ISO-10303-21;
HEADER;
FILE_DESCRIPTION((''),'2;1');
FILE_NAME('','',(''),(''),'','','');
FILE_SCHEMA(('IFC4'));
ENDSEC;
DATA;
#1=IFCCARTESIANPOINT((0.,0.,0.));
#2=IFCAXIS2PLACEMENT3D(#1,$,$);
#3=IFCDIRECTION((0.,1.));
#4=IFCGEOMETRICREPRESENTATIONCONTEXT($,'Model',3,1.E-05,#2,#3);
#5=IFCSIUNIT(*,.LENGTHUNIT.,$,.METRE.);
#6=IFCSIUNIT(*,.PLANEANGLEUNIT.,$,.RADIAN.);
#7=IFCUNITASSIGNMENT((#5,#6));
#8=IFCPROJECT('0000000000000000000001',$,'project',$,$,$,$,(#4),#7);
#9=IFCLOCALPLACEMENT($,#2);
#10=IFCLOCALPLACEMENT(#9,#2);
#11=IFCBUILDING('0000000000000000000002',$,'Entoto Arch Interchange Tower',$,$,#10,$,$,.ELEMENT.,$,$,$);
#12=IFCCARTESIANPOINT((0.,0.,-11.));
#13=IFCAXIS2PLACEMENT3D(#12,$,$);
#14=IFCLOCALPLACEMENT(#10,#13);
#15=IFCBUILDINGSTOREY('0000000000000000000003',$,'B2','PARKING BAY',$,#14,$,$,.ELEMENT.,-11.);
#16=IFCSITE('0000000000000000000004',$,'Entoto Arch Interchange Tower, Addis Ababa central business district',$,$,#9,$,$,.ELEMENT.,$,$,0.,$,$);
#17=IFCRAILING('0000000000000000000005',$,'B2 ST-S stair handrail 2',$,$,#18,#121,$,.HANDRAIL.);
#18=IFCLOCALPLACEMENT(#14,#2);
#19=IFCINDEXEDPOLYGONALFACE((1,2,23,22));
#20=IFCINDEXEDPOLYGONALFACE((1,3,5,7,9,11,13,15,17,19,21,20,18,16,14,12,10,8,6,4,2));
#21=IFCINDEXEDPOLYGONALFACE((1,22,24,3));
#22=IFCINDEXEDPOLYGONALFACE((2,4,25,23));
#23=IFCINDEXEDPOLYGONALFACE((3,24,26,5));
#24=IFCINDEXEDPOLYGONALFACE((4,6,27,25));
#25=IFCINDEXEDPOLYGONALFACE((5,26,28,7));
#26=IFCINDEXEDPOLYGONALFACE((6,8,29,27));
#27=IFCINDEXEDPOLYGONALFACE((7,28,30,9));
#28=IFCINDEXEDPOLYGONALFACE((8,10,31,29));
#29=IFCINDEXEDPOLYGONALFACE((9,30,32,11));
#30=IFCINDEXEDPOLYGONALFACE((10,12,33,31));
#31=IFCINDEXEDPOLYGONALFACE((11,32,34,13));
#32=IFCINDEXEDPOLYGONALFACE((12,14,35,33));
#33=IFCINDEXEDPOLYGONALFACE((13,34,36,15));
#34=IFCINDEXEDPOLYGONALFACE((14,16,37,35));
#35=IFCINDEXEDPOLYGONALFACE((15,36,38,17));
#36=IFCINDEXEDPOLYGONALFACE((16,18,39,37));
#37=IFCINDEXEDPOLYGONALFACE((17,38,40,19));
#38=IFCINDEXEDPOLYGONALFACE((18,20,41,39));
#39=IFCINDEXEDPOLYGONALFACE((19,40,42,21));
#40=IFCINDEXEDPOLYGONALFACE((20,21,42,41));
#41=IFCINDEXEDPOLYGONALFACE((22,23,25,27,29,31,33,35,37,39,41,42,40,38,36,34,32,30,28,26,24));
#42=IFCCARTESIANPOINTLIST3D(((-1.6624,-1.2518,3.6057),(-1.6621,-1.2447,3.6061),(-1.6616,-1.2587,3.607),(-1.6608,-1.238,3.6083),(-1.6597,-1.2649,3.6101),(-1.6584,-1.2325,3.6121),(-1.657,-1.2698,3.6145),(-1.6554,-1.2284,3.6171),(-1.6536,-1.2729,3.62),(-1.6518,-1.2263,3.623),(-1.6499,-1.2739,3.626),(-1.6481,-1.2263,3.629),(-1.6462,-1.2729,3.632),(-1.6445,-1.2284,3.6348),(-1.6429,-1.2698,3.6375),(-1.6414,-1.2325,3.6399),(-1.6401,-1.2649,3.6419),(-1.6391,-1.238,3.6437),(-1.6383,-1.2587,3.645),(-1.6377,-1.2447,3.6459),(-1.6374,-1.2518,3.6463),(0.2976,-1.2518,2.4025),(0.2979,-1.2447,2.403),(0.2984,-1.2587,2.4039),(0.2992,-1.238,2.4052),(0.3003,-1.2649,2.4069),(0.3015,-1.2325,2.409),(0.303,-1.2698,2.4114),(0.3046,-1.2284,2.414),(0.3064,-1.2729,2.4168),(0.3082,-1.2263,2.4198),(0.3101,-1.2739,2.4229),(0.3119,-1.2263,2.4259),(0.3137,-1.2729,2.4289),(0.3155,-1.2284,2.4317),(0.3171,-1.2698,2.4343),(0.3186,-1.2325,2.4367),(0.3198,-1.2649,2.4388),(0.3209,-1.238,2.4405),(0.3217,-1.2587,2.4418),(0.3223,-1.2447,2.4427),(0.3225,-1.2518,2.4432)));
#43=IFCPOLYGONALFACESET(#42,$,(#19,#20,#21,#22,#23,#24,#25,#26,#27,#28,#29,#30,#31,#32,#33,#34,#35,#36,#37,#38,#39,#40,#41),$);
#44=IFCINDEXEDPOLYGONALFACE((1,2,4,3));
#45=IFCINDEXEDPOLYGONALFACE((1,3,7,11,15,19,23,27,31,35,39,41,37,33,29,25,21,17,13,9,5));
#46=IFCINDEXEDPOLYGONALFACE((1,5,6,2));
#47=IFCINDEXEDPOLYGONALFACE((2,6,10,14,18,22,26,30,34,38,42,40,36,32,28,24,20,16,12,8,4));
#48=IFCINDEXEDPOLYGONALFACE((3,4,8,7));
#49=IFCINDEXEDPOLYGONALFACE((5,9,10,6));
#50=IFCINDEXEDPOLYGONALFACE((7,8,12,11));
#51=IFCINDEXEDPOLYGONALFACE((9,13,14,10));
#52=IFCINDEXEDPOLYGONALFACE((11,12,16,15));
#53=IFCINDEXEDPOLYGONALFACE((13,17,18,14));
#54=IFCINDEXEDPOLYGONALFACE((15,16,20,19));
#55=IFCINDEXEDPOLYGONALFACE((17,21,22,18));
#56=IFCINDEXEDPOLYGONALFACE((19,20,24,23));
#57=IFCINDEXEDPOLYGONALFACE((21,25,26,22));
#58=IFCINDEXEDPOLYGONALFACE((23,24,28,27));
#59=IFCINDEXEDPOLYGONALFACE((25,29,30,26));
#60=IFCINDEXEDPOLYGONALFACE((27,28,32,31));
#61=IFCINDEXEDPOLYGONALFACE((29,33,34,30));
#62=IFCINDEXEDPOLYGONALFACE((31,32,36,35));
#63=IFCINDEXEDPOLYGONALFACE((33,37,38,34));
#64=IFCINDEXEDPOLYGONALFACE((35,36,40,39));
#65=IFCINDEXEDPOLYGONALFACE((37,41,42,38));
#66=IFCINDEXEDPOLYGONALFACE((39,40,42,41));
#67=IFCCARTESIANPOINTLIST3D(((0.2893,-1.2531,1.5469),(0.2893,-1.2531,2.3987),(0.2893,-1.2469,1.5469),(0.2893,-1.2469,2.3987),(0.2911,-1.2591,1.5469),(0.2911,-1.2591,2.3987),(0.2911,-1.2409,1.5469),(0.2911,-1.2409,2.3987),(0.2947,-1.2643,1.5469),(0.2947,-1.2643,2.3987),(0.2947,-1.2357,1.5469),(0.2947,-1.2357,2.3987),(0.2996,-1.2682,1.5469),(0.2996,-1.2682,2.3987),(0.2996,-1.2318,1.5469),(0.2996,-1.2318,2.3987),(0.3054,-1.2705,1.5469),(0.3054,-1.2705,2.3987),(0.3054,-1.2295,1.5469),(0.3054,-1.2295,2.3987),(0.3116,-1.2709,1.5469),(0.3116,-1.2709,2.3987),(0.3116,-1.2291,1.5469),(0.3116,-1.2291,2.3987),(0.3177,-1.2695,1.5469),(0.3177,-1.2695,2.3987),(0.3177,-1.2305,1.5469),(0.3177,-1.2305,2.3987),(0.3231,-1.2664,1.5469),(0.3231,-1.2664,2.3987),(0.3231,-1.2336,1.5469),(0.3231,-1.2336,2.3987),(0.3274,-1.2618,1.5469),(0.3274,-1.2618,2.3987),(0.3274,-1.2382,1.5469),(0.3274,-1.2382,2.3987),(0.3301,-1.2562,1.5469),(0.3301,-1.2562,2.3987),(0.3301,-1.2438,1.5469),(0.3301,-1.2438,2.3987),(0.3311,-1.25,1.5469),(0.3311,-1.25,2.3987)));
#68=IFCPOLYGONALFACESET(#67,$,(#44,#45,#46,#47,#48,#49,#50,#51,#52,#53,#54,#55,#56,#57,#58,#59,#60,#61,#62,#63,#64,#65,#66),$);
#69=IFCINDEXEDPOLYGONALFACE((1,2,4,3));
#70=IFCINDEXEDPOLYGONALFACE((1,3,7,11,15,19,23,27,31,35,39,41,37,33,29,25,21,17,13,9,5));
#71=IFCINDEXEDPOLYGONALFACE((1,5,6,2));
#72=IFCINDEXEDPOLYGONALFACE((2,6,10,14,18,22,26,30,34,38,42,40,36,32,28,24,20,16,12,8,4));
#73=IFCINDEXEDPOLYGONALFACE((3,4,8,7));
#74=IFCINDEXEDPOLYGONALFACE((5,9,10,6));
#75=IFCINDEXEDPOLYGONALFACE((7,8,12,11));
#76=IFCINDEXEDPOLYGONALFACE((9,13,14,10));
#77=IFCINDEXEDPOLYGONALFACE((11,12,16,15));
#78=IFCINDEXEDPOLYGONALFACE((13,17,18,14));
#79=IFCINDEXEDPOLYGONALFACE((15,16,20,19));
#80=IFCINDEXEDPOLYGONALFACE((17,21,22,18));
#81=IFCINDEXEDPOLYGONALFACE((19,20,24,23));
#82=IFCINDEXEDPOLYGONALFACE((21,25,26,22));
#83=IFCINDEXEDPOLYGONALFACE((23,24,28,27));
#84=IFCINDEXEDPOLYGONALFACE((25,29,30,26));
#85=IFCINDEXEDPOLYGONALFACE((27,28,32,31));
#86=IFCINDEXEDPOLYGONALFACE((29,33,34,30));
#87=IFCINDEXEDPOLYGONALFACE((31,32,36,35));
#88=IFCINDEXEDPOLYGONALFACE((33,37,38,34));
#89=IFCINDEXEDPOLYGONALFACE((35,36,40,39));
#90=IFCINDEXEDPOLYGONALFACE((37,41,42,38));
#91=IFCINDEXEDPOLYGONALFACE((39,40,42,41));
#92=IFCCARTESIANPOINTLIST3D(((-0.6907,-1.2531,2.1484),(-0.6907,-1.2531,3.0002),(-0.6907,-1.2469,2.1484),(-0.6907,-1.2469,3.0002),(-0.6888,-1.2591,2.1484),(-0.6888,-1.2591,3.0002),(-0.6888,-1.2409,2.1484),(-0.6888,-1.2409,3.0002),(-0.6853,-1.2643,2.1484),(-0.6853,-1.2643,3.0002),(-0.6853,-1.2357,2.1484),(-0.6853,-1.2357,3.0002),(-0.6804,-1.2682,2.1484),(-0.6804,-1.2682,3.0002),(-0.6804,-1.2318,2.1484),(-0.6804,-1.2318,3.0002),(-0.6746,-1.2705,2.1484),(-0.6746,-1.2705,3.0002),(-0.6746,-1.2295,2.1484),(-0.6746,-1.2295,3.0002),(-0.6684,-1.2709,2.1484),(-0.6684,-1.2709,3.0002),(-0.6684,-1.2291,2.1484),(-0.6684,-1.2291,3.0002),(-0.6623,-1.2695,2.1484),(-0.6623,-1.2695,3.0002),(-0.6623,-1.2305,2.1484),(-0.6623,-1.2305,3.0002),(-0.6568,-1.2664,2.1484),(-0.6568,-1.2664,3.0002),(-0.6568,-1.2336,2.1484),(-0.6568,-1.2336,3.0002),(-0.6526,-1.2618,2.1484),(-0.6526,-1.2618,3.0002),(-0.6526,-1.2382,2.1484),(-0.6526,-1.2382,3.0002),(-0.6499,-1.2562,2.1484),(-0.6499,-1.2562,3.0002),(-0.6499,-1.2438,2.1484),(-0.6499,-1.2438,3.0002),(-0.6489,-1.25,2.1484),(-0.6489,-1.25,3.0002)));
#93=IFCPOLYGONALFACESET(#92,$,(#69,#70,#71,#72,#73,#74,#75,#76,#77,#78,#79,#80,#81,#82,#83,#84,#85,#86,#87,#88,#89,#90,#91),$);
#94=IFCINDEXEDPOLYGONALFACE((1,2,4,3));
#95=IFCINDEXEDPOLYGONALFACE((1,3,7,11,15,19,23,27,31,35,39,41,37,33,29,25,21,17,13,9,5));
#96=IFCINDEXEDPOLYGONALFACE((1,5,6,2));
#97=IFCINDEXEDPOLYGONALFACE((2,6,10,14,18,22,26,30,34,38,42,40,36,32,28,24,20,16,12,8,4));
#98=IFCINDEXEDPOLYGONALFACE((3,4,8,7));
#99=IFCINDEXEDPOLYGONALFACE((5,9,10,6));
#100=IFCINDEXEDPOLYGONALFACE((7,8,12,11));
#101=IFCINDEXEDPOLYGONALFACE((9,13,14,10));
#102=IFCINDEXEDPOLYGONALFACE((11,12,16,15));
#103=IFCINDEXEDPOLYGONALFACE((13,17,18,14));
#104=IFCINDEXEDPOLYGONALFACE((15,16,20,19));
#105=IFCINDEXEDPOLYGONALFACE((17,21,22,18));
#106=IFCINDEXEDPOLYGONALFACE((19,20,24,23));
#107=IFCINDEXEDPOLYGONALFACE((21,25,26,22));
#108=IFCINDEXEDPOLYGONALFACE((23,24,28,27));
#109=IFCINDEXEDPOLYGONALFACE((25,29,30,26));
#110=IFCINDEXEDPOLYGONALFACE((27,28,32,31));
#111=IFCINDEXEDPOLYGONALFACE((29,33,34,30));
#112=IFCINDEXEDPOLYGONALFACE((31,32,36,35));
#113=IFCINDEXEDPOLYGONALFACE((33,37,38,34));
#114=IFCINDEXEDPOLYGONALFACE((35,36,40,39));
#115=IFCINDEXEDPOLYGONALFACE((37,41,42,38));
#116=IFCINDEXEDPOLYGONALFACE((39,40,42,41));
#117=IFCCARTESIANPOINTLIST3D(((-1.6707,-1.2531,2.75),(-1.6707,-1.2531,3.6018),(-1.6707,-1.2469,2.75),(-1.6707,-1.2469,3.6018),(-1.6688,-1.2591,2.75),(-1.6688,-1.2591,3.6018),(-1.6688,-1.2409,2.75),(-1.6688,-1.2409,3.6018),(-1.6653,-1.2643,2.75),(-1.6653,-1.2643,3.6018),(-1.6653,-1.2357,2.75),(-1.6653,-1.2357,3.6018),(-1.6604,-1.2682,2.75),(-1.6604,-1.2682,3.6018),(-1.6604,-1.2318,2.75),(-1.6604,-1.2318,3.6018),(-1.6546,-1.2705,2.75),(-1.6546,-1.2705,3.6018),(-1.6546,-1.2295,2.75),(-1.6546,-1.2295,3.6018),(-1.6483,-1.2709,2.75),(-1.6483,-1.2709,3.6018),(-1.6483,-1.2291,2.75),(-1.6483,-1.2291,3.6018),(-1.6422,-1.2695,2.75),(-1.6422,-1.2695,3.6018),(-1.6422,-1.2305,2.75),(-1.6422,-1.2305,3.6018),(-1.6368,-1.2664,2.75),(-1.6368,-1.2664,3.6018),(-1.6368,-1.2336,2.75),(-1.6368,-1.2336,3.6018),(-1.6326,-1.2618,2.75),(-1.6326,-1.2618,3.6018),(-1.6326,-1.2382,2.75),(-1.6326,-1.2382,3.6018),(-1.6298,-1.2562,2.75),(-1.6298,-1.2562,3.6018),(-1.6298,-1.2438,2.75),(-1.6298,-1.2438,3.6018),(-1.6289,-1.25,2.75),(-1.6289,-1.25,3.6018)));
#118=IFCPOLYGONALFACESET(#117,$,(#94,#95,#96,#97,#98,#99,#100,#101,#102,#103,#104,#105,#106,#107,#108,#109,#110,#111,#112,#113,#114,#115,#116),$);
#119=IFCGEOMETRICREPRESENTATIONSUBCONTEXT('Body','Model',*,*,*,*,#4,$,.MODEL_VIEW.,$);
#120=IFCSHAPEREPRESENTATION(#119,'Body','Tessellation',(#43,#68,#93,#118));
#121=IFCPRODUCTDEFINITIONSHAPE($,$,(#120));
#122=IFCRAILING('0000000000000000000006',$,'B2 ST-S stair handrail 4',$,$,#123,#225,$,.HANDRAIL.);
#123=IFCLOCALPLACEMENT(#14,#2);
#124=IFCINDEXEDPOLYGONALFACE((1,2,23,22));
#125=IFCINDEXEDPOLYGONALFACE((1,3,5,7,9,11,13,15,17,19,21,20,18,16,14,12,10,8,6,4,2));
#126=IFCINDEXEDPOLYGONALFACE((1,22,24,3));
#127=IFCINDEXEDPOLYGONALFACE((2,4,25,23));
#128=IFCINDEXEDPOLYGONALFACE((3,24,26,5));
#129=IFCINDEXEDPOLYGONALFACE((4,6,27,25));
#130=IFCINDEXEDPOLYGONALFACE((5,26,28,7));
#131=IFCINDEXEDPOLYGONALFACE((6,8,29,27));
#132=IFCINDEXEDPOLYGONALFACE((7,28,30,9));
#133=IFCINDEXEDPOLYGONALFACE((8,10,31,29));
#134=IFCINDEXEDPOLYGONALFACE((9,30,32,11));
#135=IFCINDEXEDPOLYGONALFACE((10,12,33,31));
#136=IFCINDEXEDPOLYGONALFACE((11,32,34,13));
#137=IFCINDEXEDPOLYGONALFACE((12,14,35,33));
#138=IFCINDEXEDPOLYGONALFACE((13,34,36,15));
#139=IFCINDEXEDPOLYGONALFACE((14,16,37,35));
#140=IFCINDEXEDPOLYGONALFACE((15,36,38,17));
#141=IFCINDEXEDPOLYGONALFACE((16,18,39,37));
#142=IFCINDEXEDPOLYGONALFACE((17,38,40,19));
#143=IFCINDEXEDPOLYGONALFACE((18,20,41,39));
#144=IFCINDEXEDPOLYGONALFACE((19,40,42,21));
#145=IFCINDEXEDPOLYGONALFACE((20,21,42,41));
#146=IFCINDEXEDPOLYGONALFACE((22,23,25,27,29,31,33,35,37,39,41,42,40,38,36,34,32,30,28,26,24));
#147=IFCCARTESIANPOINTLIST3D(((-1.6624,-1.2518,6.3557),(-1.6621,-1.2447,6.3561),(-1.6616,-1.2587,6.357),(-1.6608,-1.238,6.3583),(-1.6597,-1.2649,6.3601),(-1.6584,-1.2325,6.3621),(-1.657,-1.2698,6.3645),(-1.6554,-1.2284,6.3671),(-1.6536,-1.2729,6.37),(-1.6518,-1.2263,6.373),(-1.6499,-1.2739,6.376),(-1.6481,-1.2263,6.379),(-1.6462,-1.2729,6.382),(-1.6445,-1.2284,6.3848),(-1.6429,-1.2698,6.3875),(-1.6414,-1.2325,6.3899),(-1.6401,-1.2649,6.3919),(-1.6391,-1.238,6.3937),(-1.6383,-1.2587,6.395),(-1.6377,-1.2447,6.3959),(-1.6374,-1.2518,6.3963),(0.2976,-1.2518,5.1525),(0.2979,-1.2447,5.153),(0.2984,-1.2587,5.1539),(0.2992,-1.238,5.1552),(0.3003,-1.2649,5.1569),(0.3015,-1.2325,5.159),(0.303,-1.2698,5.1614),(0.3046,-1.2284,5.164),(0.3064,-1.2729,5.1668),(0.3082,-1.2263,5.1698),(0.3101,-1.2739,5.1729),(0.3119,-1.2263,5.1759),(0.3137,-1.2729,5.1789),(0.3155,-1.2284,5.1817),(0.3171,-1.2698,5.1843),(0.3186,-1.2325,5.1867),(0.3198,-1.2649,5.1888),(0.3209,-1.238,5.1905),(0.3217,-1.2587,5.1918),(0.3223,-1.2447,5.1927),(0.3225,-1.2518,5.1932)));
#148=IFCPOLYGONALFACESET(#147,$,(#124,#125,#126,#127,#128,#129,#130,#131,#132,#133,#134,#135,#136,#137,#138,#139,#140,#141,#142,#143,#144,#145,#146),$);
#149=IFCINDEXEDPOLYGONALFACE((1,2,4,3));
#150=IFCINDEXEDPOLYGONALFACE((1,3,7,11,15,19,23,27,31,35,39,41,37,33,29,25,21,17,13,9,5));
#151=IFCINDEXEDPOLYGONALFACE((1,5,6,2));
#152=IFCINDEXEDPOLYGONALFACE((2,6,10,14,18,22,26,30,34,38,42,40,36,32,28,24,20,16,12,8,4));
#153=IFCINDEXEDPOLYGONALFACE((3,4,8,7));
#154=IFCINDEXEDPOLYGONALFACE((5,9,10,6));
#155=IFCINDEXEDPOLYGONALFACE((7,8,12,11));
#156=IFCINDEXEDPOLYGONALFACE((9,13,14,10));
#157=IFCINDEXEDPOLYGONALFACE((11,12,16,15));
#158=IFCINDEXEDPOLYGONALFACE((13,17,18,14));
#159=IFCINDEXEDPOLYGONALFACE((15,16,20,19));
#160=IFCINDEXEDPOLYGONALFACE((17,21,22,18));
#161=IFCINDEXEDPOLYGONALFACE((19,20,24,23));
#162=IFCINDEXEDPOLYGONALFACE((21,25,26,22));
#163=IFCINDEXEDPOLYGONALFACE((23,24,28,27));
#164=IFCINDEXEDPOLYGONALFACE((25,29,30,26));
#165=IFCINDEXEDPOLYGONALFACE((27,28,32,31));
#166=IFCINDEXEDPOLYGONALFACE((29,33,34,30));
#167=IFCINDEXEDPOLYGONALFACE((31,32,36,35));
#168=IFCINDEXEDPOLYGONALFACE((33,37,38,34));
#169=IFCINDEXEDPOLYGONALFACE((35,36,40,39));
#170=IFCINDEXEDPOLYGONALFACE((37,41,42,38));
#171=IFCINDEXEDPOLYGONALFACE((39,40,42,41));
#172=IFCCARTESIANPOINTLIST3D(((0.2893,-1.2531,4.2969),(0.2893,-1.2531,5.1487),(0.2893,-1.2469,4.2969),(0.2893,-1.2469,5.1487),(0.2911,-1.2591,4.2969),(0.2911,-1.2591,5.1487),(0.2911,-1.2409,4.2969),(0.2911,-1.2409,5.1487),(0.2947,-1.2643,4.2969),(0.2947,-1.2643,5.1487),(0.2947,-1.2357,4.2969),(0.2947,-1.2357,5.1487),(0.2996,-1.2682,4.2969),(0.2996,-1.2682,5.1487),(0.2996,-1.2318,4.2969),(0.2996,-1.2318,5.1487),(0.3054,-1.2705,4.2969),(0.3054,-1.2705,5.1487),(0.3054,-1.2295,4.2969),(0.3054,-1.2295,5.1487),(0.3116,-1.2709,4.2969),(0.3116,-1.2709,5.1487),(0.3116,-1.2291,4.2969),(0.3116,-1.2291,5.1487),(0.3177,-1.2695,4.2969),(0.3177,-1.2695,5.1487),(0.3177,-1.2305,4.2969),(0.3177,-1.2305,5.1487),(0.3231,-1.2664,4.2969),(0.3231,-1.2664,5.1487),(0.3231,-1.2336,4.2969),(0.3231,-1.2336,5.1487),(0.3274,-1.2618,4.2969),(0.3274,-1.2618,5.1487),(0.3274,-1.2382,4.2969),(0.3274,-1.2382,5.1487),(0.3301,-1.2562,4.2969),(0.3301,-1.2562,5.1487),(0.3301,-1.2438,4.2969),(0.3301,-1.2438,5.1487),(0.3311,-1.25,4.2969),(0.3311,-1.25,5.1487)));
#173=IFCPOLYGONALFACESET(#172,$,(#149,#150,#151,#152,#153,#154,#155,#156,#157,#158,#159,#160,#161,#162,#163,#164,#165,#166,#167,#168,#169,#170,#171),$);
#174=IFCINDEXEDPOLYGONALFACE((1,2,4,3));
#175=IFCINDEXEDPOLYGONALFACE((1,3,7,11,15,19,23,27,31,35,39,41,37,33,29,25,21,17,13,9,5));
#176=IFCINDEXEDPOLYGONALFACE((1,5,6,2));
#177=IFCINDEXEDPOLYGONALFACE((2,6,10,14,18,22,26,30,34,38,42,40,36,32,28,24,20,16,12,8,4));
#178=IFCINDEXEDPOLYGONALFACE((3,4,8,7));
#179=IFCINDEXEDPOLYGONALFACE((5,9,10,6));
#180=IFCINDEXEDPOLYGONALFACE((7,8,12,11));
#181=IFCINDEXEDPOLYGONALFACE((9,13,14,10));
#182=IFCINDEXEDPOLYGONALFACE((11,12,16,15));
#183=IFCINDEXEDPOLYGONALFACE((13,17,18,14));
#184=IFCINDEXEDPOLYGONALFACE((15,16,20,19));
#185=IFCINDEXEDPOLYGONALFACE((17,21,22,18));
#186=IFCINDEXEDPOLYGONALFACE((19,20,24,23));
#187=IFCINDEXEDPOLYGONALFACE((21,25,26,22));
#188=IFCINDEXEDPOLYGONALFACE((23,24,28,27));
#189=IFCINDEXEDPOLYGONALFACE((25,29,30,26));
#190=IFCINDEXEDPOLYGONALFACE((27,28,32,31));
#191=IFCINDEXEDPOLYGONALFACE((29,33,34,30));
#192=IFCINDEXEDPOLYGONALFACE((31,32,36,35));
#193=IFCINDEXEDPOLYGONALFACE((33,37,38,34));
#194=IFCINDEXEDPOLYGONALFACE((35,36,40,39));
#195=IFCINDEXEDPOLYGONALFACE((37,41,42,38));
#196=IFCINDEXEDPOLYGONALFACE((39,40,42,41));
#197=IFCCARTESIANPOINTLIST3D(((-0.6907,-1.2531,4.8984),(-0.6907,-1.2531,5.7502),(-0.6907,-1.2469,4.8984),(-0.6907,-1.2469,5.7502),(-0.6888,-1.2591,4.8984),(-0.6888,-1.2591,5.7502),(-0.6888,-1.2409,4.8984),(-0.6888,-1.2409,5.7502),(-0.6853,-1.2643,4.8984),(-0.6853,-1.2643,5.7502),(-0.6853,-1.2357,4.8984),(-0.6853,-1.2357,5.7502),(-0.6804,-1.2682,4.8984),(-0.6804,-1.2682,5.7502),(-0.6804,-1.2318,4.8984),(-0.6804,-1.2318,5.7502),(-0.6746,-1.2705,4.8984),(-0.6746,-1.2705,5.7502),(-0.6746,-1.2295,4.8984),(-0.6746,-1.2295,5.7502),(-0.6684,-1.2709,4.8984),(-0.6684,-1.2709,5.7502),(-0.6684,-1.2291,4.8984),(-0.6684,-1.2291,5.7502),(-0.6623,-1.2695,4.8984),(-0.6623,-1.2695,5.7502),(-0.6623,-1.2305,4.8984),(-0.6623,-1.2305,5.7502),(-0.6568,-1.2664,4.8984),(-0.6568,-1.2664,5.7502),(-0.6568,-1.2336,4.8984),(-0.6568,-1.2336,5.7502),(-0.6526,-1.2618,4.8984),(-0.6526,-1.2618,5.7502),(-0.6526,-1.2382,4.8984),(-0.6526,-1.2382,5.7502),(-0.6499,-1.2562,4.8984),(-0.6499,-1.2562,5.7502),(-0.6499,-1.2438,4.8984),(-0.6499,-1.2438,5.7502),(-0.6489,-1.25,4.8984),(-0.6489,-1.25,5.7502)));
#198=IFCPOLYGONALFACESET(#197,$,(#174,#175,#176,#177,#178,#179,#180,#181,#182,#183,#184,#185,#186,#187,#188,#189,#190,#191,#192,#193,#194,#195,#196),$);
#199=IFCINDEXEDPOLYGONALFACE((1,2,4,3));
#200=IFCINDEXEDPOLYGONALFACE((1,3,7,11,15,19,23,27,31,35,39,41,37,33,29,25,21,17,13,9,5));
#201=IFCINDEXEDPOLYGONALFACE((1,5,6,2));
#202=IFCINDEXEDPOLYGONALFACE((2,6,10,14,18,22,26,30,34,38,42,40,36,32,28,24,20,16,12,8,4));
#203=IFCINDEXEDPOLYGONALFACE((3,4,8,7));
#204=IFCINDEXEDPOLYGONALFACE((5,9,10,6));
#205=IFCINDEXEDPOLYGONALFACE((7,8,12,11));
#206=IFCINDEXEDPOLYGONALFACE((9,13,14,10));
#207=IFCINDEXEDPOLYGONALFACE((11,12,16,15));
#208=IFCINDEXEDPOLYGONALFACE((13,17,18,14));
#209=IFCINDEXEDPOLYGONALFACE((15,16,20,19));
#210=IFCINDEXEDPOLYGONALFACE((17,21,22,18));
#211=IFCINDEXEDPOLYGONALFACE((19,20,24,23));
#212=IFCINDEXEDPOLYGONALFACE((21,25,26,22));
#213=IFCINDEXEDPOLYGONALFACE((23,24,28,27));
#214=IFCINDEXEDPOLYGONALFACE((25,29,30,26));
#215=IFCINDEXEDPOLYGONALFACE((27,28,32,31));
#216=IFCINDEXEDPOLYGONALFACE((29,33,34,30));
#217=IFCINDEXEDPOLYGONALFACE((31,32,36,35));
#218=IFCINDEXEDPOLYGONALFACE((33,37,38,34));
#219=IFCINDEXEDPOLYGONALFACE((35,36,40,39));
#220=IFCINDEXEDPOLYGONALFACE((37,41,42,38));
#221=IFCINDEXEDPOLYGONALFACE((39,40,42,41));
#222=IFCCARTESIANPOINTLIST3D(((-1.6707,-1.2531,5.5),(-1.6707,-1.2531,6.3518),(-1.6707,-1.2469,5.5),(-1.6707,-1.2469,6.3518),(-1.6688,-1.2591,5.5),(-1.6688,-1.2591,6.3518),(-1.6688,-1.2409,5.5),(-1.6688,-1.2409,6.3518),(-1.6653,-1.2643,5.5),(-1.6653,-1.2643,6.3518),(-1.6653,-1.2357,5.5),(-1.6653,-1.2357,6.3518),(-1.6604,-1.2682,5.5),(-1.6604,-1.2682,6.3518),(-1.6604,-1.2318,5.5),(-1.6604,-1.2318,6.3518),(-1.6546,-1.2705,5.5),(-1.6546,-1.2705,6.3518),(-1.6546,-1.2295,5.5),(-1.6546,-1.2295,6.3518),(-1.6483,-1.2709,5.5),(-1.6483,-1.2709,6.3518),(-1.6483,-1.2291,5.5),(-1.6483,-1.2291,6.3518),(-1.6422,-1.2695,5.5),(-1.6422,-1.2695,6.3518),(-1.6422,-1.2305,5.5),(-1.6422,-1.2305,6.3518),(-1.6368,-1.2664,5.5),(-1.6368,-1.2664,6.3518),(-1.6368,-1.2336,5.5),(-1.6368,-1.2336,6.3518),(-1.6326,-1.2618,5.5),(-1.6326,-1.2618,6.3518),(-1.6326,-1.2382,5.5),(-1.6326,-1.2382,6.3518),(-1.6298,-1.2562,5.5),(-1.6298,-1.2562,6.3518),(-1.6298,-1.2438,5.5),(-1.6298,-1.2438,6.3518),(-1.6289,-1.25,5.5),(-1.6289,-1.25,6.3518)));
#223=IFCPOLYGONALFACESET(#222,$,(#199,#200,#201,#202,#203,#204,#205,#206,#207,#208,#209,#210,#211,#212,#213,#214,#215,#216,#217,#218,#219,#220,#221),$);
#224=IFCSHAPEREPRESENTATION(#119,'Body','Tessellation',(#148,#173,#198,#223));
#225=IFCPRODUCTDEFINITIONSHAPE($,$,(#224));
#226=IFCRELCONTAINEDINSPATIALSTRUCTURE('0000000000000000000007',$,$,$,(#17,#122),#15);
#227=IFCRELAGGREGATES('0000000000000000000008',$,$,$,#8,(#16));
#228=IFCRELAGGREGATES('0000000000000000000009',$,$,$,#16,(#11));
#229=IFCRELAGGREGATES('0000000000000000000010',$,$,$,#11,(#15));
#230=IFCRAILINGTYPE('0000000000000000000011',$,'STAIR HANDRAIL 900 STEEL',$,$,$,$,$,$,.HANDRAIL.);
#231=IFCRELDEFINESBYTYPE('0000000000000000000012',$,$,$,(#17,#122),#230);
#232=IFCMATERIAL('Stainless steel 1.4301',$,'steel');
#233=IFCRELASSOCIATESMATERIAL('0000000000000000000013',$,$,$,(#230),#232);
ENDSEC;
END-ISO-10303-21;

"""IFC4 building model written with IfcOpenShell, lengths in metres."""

from ifc_helpers import new_model, si_unit, direction, frame, origin, origin_2d, place, context, subcontext, project, spatial, circle, extrude, material, type_object, element, save


model = new_model("IFC4")

# Units and contexts
model_context = context("Model", 3, precision=1e-05, world=origin(), true_north=direction((0.0, 1.0)))
body_context = subcontext(model_context, "Body", "Model", "MODEL_VIEW")
ifc_project = project(units=[si_unit("LENGTHUNIT", "METRE"), si_unit("PLANEANGLEUNIT", "RADIAN")], contexts=[model_context])

# Site, building, storey
site_placement = place(None, origin())
site = spatial("IfcSite", under=ifc_project, at=site_placement, Name="Entoto Arch Interchange Tower, Addis Ababa central business district", CompositionType="ELEMENT", RefElevation=0.0)
building_placement = place(site_placement, origin())
building = spatial("IfcBuilding", under=site, at=building_placement, Name="Entoto Arch Interchange Tower", CompositionType="ELEMENT")
storey_placement = place(building_placement, frame((0.0, 0.0, -11.0)))
storey = spatial("IfcBuildingStorey", under=building, at=storey_placement, Name="B2", Description="PARKING BAY", CompositionType="ELEMENT", Elevation=-11.0)

# Railings
ifc_material_1 = material(Name="Stainless steel 1.4301", Category="steel")
railing_type_1 = type_object("IfcRailingType", Name="STAIR HANDRAIL 900 STEEL", PredefinedType="HANDRAIL", material=ifc_material_1)
for number, where, name in (
    (1, (0.3101, -1.25, 1.5469), "B2 ST-S stair handrail 2"),
    (2, (0.3101, -1.25, 4.2969), "B2 ST-S stair handrail 4"),
):
    element("IfcRailing", number, at=place(storey_placement, frame(where)), inside=storey, type_object=railing_type_1, Name=name, PredefinedType="HANDRAIL", context=body_context, shape_type="SweptSolid", body=[
        extrude(circle(Radius=0.0239, at=origin_2d()), frame((0.0, 0.0, 0.876), z_axis=(-0.852241, 0.0, 0.523149), x_axis=(0.0, -1.0, 0.0)), (0.0, 0.0, 1.0), 2.2998),
        extrude(circle(Radius=0.021, at=origin_2d()), origin(), (0.0, 0.0, 1.0), 0.8518),
        extrude(circle(Radius=0.021, at=origin_2d()), frame((-0.98, 0.0, 0.6016)), (0.0, 0.0, 1.0), 0.8518),
        extrude(circle(Radius=0.021, at=origin_2d()), frame((-1.96, 0.0, 1.2031)), (0.0, 0.0, 1.0), 0.8518),
    ])

save(model, "model.ifc")
